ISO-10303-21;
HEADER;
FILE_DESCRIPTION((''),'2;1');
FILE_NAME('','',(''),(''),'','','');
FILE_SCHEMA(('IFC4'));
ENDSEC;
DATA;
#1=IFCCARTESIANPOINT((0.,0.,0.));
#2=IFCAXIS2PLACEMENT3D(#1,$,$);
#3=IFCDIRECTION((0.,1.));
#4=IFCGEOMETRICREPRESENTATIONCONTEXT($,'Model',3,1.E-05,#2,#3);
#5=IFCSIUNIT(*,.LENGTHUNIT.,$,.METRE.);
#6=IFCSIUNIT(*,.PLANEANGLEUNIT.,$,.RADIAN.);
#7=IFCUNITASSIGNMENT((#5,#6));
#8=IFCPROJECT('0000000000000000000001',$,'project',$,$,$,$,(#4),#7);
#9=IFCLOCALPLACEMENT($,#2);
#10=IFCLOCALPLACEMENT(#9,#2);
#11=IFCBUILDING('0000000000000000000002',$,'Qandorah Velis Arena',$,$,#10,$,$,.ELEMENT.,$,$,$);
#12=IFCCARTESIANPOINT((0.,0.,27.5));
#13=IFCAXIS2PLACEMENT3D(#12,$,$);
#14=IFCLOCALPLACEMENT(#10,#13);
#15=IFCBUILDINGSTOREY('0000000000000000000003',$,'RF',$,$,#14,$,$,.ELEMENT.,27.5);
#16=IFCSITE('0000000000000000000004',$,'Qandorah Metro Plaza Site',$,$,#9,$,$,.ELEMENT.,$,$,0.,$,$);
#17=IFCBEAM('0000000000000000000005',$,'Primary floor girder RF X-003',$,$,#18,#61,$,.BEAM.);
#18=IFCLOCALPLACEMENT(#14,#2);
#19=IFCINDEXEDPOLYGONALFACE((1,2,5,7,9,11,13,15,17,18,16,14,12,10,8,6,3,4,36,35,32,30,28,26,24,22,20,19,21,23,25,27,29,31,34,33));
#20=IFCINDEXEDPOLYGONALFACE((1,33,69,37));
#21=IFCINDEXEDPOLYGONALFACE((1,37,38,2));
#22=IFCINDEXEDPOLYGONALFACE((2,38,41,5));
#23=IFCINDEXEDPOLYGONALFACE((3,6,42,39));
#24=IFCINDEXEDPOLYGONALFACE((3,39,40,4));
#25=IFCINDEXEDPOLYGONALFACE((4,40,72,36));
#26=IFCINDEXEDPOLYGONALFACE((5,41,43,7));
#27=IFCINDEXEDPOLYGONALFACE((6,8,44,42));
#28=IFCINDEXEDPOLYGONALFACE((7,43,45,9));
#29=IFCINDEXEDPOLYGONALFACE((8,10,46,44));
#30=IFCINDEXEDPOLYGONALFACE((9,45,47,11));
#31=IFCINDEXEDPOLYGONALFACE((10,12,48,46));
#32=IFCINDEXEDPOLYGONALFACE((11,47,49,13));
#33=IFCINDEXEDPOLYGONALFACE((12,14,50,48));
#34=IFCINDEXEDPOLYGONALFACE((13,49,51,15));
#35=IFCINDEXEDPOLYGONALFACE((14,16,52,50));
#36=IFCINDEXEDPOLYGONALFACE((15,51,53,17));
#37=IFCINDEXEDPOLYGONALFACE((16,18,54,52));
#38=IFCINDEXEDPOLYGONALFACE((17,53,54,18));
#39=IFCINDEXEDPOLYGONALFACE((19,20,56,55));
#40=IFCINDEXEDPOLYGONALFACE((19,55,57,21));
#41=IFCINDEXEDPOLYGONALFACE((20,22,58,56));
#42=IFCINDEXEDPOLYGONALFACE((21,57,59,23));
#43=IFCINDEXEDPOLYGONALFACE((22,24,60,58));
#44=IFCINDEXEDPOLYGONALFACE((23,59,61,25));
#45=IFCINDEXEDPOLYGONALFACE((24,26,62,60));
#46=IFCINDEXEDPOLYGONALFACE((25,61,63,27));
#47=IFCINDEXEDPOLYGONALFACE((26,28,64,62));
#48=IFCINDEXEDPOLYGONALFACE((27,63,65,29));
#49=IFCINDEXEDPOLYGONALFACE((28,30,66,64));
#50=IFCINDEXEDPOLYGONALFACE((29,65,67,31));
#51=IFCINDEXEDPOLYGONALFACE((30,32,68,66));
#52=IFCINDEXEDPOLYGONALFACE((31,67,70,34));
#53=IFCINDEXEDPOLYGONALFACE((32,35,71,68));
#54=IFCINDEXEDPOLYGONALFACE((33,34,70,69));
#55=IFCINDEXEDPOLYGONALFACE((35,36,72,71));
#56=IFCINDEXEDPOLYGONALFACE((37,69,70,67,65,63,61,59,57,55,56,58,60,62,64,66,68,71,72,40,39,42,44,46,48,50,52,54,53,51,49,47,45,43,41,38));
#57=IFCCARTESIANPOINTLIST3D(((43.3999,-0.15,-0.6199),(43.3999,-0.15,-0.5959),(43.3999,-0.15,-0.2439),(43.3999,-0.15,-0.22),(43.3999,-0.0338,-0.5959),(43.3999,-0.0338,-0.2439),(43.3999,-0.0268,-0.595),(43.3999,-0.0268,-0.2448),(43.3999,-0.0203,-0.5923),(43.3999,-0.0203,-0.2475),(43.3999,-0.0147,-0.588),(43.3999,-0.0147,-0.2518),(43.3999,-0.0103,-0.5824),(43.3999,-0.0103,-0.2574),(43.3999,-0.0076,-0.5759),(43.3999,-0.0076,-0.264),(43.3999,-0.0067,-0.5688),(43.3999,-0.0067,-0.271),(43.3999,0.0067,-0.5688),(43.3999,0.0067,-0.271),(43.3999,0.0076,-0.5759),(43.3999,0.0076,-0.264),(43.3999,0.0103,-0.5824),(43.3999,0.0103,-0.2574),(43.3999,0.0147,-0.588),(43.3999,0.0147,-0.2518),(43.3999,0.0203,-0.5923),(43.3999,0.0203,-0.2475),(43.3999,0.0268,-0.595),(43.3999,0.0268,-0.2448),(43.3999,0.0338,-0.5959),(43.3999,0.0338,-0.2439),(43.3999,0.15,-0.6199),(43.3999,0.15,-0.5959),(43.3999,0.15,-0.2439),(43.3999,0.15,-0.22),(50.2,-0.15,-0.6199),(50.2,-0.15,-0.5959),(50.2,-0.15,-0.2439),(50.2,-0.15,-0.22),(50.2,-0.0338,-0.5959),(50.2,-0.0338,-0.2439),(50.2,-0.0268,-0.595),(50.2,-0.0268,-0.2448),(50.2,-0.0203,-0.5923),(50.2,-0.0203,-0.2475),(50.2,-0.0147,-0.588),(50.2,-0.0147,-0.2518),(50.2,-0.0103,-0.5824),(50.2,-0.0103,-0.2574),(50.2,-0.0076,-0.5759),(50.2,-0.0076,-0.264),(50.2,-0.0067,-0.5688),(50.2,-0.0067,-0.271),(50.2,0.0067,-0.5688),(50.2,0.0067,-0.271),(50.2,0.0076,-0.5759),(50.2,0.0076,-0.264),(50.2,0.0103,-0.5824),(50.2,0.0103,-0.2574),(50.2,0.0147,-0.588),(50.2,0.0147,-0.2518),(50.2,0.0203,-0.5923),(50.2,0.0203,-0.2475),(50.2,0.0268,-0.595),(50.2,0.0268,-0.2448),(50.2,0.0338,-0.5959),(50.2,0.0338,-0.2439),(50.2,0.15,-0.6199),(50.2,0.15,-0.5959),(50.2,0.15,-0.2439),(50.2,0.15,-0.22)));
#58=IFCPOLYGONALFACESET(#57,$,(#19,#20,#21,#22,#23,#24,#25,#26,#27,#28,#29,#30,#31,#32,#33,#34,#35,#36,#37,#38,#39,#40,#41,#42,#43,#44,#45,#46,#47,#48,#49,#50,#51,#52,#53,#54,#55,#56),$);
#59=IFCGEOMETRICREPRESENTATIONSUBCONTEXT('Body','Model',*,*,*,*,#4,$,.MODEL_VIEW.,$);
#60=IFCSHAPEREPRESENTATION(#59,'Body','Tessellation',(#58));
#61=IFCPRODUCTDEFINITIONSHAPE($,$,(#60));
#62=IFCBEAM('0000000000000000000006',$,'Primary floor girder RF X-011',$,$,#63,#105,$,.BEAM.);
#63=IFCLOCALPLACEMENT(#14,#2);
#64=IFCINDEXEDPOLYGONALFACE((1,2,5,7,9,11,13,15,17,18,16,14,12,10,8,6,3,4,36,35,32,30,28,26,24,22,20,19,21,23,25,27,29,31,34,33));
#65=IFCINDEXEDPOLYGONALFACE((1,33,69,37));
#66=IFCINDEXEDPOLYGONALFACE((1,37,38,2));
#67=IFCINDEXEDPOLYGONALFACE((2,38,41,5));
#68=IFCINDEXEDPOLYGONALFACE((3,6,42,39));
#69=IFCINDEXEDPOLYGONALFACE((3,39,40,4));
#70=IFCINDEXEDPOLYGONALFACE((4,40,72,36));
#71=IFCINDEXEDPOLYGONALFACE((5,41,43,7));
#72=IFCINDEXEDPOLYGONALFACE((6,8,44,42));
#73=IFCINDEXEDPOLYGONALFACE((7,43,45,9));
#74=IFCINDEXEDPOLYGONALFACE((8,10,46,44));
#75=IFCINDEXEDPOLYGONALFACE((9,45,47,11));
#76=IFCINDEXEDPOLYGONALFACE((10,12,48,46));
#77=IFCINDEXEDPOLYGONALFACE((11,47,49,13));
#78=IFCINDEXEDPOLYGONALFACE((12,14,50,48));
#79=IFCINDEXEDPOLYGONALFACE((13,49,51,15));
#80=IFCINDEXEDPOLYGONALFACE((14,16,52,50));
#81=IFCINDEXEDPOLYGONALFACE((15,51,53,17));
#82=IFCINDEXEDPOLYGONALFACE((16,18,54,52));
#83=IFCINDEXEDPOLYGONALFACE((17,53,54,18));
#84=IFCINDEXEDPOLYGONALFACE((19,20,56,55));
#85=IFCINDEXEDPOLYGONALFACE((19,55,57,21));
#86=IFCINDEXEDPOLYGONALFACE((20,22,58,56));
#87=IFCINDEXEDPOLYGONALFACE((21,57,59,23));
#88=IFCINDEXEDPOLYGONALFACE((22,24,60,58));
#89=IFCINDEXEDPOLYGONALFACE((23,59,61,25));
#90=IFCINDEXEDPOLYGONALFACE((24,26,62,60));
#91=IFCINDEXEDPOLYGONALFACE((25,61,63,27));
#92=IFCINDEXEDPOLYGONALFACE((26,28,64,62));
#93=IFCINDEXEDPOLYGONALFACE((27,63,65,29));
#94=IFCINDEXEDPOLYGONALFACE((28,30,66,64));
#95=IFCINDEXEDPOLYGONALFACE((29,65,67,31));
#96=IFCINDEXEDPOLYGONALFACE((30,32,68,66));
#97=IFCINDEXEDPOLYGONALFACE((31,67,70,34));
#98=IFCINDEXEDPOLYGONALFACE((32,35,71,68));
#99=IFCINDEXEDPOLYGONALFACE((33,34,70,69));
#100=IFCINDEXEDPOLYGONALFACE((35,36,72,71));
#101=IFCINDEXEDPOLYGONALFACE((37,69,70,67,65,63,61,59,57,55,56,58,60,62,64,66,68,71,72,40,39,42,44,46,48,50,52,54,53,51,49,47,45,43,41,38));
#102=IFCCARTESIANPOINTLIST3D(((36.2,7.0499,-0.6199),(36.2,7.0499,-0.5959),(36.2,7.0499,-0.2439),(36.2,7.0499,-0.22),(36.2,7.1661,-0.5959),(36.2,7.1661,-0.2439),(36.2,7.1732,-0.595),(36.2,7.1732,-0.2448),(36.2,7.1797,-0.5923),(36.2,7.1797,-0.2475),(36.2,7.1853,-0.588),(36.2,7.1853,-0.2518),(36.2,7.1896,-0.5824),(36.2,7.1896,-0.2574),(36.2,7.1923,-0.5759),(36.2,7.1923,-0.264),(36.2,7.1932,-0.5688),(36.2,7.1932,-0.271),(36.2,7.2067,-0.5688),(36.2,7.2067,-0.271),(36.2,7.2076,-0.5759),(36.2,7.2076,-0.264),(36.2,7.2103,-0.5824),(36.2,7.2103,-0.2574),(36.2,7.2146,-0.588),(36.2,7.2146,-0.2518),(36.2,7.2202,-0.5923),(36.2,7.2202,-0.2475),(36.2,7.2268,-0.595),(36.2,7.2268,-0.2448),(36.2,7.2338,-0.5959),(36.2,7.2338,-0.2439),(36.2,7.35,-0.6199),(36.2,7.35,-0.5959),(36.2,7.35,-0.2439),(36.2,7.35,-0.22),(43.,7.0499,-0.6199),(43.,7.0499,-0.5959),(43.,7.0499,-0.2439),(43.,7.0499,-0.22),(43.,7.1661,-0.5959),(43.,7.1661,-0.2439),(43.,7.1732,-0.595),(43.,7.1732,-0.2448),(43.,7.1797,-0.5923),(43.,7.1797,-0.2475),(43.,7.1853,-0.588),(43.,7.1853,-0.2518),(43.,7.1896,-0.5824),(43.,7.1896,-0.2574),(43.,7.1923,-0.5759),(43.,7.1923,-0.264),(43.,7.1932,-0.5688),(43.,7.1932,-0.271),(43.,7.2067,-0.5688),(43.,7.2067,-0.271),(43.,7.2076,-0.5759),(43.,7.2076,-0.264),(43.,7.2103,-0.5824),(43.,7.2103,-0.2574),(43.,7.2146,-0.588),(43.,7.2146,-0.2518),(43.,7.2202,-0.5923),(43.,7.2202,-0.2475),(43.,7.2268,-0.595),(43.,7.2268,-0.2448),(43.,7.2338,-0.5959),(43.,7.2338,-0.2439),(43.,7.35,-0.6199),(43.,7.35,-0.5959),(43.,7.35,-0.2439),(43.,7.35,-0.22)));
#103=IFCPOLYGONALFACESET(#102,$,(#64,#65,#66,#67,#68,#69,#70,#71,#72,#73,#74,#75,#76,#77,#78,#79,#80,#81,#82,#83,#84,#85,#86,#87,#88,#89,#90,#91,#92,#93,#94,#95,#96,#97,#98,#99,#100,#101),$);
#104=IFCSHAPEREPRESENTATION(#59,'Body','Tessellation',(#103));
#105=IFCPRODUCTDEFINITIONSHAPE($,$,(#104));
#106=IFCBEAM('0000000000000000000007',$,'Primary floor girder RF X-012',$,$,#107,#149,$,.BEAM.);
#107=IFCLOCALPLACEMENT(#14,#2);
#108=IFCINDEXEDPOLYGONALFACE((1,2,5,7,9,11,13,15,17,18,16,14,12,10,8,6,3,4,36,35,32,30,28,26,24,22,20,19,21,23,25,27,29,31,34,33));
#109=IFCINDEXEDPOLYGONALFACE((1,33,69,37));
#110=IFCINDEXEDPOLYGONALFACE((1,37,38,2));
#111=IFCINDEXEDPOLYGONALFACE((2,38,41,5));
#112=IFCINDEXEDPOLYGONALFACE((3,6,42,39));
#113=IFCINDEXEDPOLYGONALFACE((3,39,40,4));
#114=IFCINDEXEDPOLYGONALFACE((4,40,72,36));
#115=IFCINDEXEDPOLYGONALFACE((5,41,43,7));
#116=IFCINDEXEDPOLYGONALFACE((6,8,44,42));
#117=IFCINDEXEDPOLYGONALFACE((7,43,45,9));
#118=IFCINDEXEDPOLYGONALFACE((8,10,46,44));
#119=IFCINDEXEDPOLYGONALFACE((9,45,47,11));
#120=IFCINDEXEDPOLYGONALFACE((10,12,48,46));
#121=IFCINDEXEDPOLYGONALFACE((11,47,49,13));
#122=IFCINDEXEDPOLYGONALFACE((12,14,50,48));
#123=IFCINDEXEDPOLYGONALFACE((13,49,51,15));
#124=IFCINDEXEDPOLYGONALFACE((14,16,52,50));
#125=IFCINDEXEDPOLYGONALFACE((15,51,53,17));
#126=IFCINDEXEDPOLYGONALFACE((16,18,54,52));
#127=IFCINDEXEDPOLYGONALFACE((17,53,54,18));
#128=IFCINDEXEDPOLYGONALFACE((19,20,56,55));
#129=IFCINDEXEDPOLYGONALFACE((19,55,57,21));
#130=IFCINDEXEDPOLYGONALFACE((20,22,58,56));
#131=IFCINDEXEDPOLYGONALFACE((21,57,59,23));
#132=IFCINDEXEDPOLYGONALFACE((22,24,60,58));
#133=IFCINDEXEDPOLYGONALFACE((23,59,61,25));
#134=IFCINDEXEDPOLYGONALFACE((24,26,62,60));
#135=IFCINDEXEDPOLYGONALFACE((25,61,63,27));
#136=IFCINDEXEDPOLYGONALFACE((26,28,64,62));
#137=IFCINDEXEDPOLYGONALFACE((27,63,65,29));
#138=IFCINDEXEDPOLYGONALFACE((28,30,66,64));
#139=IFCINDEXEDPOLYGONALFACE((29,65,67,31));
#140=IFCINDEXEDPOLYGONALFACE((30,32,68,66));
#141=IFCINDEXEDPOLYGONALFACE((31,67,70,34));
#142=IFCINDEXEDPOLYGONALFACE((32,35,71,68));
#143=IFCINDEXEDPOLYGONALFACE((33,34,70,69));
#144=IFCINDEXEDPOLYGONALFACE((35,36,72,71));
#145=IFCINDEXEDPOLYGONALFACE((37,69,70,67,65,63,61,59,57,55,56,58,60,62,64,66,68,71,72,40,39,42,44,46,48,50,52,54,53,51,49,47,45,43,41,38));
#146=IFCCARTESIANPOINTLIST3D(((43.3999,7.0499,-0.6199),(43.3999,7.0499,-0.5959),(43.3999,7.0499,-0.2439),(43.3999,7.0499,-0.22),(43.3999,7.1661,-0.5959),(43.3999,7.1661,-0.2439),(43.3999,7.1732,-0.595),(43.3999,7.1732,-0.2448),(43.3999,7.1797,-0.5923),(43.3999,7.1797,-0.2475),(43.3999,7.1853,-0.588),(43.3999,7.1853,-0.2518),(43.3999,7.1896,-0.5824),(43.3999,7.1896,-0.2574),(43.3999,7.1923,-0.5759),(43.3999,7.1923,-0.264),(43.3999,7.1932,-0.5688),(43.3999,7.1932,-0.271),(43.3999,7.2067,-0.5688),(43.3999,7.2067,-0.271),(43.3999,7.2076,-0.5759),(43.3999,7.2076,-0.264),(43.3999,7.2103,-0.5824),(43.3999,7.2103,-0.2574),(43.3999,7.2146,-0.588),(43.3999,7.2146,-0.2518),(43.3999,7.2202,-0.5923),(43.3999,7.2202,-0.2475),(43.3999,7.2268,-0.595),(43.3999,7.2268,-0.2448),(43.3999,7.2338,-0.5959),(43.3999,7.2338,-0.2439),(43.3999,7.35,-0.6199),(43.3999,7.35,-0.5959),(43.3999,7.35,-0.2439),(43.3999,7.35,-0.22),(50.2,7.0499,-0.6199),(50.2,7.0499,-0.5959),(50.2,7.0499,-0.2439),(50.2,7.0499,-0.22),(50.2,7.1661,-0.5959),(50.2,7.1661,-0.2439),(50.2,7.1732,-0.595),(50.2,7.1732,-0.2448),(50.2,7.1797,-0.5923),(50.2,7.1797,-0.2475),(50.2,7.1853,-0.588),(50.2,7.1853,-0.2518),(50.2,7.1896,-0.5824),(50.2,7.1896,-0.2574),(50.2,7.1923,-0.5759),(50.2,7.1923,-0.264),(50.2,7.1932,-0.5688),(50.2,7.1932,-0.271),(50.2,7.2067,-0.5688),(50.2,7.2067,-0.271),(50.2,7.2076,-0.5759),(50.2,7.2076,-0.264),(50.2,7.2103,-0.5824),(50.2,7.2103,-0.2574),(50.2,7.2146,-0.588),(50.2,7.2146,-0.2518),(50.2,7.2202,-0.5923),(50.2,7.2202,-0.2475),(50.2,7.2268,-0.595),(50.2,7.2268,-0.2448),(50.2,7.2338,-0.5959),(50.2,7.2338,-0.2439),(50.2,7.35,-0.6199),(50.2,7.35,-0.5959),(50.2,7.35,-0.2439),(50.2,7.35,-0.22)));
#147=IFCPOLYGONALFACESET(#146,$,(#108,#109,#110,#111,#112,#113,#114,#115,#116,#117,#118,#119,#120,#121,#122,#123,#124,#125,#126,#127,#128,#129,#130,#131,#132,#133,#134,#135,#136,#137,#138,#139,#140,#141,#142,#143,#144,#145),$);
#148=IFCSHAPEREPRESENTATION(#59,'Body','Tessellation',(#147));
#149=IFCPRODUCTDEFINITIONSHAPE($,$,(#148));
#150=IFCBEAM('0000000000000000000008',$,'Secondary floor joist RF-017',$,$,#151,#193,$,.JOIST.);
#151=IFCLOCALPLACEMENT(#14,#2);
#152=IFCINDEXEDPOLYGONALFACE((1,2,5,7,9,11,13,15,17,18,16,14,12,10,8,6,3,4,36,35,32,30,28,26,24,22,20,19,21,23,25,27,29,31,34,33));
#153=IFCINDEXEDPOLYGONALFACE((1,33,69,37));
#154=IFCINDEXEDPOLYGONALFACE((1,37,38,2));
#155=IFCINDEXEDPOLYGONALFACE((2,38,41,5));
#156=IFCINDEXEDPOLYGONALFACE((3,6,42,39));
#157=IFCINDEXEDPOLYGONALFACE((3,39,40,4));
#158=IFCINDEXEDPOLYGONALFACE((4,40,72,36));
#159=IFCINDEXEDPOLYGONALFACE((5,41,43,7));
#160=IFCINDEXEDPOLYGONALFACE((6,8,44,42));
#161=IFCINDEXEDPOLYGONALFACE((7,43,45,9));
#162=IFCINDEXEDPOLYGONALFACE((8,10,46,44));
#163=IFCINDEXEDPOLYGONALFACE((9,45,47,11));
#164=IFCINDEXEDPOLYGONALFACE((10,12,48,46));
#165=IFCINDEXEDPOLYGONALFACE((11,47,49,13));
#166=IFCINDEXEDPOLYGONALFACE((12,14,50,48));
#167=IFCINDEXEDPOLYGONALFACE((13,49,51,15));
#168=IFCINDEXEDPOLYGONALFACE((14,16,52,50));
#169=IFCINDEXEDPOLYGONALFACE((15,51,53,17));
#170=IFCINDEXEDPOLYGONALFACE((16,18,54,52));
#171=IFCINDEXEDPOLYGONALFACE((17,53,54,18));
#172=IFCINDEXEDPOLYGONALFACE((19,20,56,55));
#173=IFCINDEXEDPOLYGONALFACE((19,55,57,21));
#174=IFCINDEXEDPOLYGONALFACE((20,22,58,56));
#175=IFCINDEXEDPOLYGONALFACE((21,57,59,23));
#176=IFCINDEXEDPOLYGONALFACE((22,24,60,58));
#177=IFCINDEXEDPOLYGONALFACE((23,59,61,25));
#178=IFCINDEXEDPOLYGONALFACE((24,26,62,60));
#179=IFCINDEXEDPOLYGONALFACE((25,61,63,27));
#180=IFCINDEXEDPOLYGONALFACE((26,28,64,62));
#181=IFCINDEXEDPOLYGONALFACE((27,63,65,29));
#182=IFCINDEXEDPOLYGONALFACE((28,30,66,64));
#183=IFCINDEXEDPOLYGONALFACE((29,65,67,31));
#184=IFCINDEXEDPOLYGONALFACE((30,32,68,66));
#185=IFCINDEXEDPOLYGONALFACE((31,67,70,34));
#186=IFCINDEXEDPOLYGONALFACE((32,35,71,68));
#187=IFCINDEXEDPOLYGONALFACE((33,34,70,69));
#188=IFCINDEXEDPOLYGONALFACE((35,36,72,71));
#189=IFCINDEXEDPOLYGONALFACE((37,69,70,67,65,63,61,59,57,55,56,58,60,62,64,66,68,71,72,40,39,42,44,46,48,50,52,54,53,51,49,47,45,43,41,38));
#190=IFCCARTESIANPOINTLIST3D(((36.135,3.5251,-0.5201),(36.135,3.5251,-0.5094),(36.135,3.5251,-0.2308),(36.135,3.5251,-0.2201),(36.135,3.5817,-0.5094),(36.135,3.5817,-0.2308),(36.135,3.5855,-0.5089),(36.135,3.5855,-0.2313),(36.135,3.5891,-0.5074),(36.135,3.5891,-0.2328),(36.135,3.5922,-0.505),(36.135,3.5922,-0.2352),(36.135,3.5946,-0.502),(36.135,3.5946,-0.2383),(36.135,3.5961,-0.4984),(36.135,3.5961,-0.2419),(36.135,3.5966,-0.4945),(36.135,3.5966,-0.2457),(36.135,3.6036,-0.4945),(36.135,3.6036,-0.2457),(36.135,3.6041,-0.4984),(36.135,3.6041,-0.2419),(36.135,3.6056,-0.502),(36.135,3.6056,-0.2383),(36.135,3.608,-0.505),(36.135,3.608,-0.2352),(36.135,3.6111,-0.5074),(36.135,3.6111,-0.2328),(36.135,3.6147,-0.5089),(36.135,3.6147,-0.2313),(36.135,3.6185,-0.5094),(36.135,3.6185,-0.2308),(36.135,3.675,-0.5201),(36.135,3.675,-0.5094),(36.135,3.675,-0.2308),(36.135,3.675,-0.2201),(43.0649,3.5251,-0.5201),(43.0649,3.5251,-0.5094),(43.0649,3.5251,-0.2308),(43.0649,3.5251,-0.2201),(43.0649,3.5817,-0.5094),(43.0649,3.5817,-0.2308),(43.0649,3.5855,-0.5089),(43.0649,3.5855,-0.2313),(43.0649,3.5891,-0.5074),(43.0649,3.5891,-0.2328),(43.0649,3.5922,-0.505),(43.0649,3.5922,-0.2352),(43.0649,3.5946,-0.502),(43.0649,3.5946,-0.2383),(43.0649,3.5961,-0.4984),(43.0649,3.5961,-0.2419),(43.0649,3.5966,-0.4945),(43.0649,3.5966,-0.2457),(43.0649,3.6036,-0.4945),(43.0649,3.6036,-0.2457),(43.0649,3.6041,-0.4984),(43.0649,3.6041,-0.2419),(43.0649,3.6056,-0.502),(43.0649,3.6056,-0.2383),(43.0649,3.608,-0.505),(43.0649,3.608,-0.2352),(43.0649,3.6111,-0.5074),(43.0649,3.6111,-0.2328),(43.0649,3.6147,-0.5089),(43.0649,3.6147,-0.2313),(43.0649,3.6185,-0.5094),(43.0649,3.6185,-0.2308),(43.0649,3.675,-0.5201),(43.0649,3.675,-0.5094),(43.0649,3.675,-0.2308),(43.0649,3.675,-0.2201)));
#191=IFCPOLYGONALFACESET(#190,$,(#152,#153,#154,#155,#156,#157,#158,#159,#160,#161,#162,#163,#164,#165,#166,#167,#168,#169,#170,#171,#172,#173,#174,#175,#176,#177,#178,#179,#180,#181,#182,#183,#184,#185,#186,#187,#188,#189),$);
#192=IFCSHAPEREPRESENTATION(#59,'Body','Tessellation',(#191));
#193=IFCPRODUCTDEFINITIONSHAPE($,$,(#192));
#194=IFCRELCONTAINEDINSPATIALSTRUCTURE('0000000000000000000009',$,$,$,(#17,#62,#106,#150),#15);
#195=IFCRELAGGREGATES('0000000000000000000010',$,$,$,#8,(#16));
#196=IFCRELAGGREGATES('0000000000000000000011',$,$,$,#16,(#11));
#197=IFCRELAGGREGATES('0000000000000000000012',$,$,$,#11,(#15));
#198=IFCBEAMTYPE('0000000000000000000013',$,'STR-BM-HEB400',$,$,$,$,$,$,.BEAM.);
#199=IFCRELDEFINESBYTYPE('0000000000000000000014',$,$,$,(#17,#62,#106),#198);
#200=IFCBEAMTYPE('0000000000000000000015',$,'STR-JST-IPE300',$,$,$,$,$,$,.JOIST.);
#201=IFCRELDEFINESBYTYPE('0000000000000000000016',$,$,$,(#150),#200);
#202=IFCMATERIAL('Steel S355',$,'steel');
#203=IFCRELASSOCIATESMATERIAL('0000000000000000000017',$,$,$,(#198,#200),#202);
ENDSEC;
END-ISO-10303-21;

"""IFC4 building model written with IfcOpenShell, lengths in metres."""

from ifc_helpers import new_model, si_unit, direction, frame, origin, origin_2d, place, context, subcontext, project, spatial, i_section, extrude, material, material_profile, profile_set, type_object, element, save


model = new_model("IFC4")

# Units and contexts
model_context = context("Model", 3, precision=1e-05, world=origin(), true_north=direction((0.0, 1.0)))
body_context = subcontext(model_context, "Body", "Model", "MODEL_VIEW")
ifc_project = project(units=[si_unit("LENGTHUNIT", "METRE"), si_unit("PLANEANGLEUNIT", "RADIAN")], contexts=[model_context])

# Site, building, storey
site_placement = place(None, origin())
site = spatial("IfcSite", under=ifc_project, at=site_placement, Name="Qandorah Metro Plaza Site", CompositionType="ELEMENT", RefElevation=0.0)
building_placement = place(site_placement, origin())
building = spatial("IfcBuilding", under=site, at=building_placement, Name="Qandorah Velis Arena", CompositionType="ELEMENT")
storey_placement = place(building_placement, frame((0.0, 0.0, 27.5)))
storey = spatial("IfcBuildingStorey", under=building, at=storey_placement, Name="RF", CompositionType="ELEMENT", Elevation=27.5)

# Beams
ifc_material_1 = material(Name="Steel S355", Category="steel")
ifc_material_profile_1 = material_profile(ifc_material_1, i_section(OverallWidth=0.3, OverallDepth=0.3999, WebThickness=0.0134, FlangeThickness=0.0239, FilletRadius=0.0271, at=origin_2d()), Name="HEB 400")
ifc_profile_set_1 = profile_set([ifc_material_profile_1], Name="Steel S355")
beam_type_1 = type_object("IfcBeamType", Name="STR-BM-HEB400", PredefinedType="BEAM", material=ifc_profile_set_1)
for number, where, z_axis, x_axis, name in (
    (1, (43.3999, 0.0, -0.4199), (1.0, 0.0, 0.0), (0.0, 1.0, 0.0), "Primary floor girder RF X-003"),
    (2, (36.2, 7.2, -0.4199), (1.0, 0.0, 0.0), (0.0, 1.0, 0.0), "Primary floor girder RF X-011"),
    (3, (43.3999, 7.2, -0.4199), (1.0, 0.0, 0.0), (0.0, 1.0, 0.0), "Primary floor girder RF X-012"),
):
    element("IfcBeam", number, at=place(storey_placement, frame(where, z_axis=z_axis, x_axis=x_axis)), inside=storey, type_object=beam_type_1, Name=name, PredefinedType="BEAM", context=body_context, shape_type="SweptSolid", body=[
        extrude(i_section(OverallWidth=0.3, OverallDepth=0.3999, WebThickness=0.0134, FlangeThickness=0.0239, FilletRadius=0.0271, at=origin_2d()), origin(), (0.0, 0.0, 1.0), 6.8),
    ])
ifc_material_profile_2 = material_profile(ifc_material_1, i_section(OverallWidth=0.1499, OverallDepth=0.3, WebThickness=0.0071, FlangeThickness=0.0107, FilletRadius=0.0149, at=origin_2d()), Name="IPE 300")
ifc_profile_set_2 = profile_set([ifc_material_profile_2], Name="Steel S355")
beam_type_2 = type_object("IfcBeamType", Name="STR-JST-IPE300", PredefinedType="JOIST", material=ifc_profile_set_2)
for number, where, z_axis, x_axis, name in (
    (4, (36.135, 3.6001, -0.3701), (1.0, 0.0, 0.0), (0.0, 1.0, 0.0), "Secondary floor joist RF-017"),
):
    element("IfcBeam", number, at=place(storey_placement, frame(where, z_axis=z_axis, x_axis=x_axis)), inside=storey, type_object=beam_type_2, Name=name, PredefinedType="JOIST", context=body_context, shape_type="SweptSolid", body=[
        extrude(i_section(OverallWidth=0.1499, OverallDepth=0.3, WebThickness=0.0071, FlangeThickness=0.0107, FilletRadius=0.0149, at=origin_2d()), origin(), (0.0, 0.0, 1.0), 6.9299),
    ])

save(model, "model.ifc")
